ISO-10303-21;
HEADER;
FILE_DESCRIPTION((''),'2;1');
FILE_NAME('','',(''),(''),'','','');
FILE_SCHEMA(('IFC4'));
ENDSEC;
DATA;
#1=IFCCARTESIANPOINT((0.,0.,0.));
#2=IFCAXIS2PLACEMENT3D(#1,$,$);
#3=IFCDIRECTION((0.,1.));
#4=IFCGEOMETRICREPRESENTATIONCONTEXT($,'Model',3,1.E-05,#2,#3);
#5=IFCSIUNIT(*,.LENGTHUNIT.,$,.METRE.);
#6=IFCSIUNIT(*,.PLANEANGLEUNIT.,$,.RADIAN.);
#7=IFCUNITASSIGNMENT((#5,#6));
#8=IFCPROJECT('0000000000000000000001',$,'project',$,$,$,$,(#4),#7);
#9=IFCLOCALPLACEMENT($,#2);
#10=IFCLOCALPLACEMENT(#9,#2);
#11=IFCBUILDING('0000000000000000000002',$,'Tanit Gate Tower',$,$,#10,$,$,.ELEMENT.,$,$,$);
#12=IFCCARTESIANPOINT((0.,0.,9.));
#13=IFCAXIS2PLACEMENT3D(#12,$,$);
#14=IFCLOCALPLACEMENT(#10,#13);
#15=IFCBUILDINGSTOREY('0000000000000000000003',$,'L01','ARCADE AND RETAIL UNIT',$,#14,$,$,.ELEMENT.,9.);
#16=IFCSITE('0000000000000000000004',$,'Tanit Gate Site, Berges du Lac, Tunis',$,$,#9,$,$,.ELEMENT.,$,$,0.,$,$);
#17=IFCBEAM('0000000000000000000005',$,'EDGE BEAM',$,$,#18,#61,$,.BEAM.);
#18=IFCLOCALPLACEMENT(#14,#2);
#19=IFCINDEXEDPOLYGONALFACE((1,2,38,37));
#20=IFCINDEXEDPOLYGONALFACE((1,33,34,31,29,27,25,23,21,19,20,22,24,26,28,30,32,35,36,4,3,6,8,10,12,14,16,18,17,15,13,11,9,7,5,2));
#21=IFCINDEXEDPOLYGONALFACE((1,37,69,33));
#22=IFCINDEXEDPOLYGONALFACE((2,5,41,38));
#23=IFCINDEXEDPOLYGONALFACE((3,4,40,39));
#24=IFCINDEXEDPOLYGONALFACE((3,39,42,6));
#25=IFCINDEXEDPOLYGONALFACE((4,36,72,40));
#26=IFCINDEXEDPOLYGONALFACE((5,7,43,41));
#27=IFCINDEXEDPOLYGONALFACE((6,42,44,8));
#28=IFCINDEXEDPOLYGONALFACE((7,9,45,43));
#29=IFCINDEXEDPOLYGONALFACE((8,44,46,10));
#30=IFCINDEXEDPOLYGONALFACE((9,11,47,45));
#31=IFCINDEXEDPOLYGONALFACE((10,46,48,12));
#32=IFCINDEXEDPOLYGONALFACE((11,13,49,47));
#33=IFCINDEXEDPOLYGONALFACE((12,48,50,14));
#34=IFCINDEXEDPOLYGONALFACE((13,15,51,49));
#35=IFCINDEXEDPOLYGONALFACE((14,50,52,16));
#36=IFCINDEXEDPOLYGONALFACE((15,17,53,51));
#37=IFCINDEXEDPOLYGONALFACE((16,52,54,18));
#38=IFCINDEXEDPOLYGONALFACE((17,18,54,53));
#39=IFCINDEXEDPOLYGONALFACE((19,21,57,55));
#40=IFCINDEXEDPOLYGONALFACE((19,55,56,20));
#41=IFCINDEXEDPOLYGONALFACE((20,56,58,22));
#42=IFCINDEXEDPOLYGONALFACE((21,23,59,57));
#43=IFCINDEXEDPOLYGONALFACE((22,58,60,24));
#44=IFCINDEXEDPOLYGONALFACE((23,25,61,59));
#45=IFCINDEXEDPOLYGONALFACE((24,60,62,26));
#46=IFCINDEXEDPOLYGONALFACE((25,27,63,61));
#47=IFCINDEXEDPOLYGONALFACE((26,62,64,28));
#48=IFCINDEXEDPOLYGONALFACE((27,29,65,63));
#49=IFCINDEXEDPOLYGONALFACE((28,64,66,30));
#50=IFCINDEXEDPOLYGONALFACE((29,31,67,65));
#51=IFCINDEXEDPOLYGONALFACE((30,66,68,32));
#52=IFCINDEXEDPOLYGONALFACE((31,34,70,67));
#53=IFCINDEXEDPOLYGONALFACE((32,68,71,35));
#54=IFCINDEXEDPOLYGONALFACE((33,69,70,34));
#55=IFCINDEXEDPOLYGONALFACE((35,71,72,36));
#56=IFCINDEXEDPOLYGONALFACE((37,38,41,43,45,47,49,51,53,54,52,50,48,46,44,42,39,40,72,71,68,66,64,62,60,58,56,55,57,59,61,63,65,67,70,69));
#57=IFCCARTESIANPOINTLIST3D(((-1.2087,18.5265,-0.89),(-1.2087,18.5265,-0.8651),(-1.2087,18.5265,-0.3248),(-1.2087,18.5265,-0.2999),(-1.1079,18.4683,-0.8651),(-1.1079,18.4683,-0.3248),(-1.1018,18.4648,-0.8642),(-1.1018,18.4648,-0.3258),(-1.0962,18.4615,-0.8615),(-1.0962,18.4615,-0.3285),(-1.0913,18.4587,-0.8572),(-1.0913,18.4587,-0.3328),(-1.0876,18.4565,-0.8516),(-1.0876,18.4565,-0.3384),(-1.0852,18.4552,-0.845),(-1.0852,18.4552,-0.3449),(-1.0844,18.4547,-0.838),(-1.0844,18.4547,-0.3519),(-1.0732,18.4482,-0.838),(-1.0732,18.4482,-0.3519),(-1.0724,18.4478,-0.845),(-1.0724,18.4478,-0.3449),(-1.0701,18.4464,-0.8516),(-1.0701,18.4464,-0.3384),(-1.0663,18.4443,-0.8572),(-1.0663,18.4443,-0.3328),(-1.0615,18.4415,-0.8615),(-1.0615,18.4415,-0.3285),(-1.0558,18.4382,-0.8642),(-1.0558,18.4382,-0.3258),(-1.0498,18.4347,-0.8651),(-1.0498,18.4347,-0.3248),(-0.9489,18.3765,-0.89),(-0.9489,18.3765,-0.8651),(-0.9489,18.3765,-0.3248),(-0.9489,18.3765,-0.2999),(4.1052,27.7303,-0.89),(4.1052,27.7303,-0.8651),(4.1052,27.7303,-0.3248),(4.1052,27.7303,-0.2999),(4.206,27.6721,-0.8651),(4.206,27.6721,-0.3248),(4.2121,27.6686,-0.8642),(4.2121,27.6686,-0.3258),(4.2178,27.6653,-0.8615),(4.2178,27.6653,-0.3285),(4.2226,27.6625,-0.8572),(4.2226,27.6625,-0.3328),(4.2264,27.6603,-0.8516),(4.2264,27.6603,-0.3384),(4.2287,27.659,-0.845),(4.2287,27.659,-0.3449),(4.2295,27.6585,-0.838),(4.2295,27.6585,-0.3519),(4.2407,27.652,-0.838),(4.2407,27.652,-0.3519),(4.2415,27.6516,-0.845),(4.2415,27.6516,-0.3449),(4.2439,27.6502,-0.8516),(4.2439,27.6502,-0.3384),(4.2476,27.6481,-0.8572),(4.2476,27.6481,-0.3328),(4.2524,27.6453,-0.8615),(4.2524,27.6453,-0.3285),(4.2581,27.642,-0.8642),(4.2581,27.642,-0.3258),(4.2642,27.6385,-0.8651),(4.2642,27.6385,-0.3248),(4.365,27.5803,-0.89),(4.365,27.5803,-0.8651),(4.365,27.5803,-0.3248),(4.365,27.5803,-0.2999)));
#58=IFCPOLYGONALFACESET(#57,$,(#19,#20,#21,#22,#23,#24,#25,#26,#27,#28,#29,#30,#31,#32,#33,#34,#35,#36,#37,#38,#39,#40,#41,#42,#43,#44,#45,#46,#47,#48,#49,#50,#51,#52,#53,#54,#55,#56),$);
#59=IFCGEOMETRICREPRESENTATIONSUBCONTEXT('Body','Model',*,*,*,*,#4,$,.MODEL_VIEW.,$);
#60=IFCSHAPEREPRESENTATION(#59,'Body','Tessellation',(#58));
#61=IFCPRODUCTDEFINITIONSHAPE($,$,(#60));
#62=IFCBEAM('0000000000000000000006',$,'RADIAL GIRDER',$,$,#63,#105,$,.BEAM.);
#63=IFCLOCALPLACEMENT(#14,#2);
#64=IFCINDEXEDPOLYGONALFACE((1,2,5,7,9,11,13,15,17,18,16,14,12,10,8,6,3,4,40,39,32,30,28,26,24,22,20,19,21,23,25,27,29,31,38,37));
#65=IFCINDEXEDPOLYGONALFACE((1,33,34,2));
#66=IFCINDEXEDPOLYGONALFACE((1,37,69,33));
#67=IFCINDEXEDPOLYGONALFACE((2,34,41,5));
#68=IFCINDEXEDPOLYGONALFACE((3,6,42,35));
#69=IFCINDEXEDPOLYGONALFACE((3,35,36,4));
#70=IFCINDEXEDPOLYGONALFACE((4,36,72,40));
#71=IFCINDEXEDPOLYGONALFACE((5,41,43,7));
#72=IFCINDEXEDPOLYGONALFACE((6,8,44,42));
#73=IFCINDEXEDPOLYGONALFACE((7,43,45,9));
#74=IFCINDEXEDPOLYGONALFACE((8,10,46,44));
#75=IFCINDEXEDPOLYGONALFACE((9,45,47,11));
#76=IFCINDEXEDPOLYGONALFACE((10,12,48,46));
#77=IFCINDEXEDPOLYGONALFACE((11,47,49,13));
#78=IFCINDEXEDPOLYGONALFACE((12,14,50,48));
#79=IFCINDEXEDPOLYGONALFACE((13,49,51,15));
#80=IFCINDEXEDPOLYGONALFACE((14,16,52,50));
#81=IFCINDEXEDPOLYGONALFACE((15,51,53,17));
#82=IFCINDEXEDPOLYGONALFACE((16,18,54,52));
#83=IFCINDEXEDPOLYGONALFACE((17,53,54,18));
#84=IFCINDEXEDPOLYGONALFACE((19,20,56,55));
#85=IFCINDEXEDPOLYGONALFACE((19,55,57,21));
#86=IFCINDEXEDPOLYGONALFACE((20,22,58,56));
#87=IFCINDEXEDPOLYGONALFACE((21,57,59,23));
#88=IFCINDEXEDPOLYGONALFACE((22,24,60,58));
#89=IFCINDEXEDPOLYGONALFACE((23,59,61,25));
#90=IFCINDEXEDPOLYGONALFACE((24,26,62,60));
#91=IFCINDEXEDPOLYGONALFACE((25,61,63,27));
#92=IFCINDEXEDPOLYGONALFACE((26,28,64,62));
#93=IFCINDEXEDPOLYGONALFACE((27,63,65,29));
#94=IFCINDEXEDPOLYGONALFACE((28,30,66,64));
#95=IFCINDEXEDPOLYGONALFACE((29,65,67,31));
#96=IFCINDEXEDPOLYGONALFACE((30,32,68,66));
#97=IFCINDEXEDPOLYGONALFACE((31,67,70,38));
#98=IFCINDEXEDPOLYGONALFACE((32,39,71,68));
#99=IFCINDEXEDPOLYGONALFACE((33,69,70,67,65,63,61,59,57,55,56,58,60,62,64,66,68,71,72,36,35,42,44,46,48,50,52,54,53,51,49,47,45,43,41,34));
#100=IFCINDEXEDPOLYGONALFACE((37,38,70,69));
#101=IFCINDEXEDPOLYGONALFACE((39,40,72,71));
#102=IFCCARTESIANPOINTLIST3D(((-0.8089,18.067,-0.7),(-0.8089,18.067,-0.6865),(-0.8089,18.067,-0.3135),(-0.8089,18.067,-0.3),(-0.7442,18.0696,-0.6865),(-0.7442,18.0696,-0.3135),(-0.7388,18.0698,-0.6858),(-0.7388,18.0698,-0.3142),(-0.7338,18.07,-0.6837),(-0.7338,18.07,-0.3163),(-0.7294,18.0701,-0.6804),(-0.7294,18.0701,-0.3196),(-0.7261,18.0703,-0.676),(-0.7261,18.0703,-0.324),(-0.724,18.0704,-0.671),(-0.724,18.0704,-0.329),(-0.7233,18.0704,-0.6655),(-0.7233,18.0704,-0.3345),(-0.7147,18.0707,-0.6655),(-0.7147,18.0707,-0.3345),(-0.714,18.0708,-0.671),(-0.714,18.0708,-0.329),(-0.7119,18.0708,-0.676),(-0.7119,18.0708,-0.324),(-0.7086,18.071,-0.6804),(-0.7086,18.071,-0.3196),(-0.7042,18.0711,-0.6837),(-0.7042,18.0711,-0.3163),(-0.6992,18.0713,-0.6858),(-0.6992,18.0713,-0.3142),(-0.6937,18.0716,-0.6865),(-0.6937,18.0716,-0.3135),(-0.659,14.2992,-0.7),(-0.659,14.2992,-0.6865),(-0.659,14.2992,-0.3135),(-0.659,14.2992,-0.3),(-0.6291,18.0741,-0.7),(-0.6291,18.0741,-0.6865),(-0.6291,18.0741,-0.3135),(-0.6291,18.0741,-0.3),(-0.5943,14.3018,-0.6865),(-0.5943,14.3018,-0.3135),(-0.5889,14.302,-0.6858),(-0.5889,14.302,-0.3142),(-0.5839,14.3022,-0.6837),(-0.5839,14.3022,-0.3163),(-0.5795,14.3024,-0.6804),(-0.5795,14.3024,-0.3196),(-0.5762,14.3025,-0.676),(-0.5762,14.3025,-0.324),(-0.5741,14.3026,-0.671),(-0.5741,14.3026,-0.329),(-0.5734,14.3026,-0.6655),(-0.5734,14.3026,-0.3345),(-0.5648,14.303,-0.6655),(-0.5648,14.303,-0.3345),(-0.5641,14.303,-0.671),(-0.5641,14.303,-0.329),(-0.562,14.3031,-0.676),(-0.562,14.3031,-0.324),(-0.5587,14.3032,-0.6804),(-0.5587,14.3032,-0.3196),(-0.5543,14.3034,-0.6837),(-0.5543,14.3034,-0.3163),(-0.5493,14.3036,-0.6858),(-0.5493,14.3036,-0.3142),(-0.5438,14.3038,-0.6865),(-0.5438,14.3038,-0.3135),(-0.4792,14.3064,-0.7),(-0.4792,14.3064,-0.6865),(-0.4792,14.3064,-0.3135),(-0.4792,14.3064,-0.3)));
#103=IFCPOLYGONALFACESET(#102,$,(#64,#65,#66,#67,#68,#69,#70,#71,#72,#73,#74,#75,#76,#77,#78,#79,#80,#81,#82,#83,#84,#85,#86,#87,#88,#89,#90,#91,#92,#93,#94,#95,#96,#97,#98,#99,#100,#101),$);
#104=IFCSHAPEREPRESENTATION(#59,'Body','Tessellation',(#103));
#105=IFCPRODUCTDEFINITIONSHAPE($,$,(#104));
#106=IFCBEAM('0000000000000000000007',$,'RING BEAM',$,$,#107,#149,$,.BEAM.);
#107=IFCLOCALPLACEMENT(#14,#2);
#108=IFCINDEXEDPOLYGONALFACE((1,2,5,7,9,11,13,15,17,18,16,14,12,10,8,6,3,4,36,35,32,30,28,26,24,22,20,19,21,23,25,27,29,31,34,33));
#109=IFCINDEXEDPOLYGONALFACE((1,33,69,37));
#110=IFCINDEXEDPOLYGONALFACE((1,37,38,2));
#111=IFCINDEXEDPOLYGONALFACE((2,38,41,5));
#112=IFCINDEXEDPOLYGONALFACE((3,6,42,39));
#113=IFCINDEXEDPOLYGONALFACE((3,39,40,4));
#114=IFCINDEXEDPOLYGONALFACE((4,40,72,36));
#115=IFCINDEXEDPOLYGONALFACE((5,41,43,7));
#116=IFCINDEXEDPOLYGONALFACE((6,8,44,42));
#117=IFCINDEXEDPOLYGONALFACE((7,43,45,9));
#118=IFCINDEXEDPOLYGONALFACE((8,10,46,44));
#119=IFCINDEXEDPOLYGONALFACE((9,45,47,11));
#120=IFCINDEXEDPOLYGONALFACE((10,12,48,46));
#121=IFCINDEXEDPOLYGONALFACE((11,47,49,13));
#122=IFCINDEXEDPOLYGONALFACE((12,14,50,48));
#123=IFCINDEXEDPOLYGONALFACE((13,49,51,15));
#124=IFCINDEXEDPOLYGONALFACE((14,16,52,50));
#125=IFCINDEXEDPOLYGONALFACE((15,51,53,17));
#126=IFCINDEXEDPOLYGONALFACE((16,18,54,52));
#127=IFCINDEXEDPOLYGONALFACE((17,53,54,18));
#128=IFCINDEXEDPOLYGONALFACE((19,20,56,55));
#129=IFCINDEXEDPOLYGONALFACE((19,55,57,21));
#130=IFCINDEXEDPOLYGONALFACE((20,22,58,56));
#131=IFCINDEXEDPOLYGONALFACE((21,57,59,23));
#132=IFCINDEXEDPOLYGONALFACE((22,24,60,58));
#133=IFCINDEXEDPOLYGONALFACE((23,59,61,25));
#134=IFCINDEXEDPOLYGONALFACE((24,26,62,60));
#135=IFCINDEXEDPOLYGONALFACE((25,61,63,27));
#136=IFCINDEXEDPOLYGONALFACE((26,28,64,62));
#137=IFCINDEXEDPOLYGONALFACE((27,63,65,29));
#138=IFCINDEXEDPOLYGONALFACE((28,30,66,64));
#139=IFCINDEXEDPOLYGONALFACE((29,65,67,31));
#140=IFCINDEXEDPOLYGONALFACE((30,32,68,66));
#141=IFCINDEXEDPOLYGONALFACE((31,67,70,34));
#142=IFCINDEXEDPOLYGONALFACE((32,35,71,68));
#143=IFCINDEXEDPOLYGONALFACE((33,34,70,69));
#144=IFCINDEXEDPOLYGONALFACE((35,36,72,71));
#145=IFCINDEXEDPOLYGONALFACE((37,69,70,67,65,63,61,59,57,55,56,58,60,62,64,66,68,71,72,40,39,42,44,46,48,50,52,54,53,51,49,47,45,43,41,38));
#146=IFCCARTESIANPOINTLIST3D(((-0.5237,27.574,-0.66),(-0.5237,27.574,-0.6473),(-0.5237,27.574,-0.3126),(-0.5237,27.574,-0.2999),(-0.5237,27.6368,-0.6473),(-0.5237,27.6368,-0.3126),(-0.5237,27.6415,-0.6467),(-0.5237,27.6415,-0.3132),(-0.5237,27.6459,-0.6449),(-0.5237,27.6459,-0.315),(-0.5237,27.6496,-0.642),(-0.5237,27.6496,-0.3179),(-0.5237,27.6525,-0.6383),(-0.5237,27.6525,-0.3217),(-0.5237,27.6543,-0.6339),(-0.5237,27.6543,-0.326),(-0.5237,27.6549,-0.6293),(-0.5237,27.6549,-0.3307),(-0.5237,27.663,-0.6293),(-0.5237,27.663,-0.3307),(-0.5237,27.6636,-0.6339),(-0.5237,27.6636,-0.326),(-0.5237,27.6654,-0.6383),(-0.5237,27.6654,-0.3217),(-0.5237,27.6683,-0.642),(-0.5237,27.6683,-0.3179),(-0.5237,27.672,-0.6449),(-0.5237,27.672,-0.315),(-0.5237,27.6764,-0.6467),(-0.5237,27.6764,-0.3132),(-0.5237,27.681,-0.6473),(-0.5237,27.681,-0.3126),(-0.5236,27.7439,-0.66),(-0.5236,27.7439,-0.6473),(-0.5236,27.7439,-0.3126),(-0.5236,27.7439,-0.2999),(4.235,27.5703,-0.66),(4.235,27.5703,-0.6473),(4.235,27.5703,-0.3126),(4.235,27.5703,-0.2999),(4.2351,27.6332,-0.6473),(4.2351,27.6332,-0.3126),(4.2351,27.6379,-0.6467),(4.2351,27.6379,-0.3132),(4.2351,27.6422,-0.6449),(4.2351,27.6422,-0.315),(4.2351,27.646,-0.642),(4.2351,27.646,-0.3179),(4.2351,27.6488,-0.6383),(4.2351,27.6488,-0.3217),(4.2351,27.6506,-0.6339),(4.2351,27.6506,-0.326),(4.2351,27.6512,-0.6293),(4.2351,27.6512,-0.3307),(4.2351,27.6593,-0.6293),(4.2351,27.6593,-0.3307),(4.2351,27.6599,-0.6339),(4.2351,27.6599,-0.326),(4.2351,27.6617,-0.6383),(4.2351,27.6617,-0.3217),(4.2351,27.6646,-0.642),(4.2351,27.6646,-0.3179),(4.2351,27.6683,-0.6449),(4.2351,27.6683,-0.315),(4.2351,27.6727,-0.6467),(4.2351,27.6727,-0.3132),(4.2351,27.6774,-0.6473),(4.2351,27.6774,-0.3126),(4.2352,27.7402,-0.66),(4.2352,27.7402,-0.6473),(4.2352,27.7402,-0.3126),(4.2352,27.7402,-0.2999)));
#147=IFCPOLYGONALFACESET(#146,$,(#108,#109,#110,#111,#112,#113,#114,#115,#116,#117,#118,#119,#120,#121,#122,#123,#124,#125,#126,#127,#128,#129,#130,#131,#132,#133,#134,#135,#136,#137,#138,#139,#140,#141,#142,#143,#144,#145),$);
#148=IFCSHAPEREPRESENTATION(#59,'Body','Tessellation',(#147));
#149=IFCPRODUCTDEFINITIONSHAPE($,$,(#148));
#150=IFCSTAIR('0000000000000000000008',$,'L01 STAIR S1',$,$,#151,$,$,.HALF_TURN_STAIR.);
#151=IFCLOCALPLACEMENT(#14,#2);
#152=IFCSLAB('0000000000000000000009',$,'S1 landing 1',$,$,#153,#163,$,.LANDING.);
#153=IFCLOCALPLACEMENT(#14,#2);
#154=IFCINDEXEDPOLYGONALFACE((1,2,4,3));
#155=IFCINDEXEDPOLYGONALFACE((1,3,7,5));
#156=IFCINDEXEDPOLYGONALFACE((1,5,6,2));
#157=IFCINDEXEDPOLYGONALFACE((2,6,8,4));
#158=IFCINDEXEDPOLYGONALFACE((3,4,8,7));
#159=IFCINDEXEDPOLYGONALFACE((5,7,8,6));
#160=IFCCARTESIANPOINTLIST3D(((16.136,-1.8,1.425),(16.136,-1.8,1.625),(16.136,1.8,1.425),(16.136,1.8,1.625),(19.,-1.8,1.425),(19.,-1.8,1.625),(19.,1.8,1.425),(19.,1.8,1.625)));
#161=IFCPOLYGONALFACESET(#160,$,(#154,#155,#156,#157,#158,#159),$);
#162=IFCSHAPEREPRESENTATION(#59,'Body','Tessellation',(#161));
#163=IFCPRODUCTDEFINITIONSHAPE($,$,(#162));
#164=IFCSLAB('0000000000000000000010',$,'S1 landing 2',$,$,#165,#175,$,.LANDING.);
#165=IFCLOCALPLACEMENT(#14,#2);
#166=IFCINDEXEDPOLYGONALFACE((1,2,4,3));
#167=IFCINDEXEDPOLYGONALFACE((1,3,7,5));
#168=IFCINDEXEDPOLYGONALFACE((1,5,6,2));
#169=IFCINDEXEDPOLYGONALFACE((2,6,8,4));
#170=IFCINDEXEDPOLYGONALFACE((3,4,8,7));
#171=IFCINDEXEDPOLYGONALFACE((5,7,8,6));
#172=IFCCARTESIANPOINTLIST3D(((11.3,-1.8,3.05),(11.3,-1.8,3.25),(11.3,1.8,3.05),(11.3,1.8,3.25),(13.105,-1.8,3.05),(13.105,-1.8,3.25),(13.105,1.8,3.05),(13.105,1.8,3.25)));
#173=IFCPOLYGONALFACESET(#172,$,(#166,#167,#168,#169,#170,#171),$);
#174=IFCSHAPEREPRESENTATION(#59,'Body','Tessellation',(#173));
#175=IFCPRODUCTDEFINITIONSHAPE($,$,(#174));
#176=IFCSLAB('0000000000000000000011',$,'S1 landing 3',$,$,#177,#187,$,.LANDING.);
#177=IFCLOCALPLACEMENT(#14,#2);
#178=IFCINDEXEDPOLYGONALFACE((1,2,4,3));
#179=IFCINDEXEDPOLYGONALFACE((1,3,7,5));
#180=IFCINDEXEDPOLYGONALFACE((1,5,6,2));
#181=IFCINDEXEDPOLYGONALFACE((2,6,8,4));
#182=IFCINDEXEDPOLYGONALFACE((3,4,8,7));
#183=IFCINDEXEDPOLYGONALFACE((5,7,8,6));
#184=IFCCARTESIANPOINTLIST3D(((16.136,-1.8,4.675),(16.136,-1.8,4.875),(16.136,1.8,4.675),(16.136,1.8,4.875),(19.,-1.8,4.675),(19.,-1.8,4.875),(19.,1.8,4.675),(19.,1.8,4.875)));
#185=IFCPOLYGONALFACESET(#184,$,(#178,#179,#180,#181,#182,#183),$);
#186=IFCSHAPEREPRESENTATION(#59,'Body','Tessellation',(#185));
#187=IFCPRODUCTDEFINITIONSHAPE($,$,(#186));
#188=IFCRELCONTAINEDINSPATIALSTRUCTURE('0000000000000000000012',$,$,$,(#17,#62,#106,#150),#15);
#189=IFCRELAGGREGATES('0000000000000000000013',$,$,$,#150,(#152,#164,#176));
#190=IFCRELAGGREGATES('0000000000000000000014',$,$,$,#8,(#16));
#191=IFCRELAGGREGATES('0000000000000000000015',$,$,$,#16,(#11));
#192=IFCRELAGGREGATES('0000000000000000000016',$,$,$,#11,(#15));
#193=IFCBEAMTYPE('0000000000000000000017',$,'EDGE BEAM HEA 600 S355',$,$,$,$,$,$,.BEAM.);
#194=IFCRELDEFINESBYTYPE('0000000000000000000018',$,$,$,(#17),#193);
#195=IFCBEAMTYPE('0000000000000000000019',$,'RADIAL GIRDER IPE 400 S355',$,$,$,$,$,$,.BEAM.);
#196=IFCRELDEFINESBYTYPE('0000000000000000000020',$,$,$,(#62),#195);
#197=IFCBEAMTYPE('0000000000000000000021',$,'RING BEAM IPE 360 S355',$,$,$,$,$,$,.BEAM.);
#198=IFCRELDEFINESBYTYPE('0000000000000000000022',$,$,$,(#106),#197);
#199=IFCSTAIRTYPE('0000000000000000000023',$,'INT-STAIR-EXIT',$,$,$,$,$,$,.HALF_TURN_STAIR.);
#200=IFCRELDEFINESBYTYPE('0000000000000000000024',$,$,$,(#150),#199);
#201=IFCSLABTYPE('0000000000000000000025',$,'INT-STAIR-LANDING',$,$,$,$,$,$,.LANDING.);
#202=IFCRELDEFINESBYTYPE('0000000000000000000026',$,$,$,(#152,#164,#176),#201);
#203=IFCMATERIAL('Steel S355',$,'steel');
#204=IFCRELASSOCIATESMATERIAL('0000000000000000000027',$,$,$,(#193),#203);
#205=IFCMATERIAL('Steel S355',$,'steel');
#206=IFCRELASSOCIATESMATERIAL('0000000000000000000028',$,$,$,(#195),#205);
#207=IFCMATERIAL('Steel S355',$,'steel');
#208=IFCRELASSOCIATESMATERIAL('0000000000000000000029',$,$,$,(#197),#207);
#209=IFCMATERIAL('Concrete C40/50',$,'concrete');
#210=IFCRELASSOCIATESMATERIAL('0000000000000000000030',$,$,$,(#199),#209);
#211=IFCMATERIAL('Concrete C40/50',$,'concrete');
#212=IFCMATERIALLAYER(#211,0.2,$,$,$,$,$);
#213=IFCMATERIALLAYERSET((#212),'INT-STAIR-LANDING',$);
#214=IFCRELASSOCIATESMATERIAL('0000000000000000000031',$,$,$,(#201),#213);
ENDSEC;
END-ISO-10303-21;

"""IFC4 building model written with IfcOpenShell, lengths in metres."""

from ifc_helpers import new_model, si_unit, direction, frame, origin, origin_2d, place, context, subcontext, project, spatial, polyline, i_section, outline, extrude, material, layer, layer_set, material_profile, profile_set, type_object, element, aggregate, save


model = new_model("IFC4")

# Units and contexts
model_context = context("Model", 3, precision=1e-05, world=origin(), true_north=direction((0.0, 1.0)))
body_context = subcontext(model_context, "Body", "Model", "MODEL_VIEW")
ifc_project = project(units=[si_unit("LENGTHUNIT", "METRE"), si_unit("PLANEANGLEUNIT", "RADIAN")], contexts=[model_context])

# Site, building, storey
site_placement = place(None, origin())
site = spatial("IfcSite", under=ifc_project, at=site_placement, Name="Tanit Gate Site, Berges du Lac, Tunis", CompositionType="ELEMENT", RefElevation=0.0)
building_placement = place(site_placement, origin())
building = spatial("IfcBuilding", under=site, at=building_placement, Name="Tanit Gate Tower", CompositionType="ELEMENT")
storey_placement = place(building_placement, frame((0.0, 0.0, 9.0)))
storey = spatial("IfcBuildingStorey", under=building, at=storey_placement, Name="L01", Description="ARCADE AND RETAIL UNIT", CompositionType="ELEMENT", Elevation=9.0)

# Beams
ifc_material_1 = material(Name="Steel S355", Category="steel")
ifc_material_profile_1 = material_profile(ifc_material_1, i_section(OverallWidth=0.3, OverallDepth=0.5901, WebThickness=0.0129, FlangeThickness=0.0249, FilletRadius=0.0271, at=origin_2d()), Name="HEA 600")
ifc_profile_set_1 = profile_set([ifc_material_profile_1], Name="Steel S355")
beam_type_1 = type_object("IfcBeamType", Name="EDGE BEAM HEA 600 S355", PredefinedType="BEAM", material=ifc_profile_set_1)
beam_1_placement = place(storey_placement, frame((4.2351, 27.6553, -0.595), z_axis=(-0.500008, -0.866021, 0.0), x_axis=(0.866021, -0.500008, 0.0)))
element("IfcBeam", 1, at=beam_1_placement, inside=storey, type_object=beam_type_1, Name="EDGE BEAM", PredefinedType="BEAM", context=body_context, shape_type="SweptSolid", body=[
    extrude(i_section(OverallWidth=0.3, OverallDepth=0.5901, WebThickness=0.0129, FlangeThickness=0.0249, FilletRadius=0.0271, at=origin_2d()), origin(), (0.0, 0.0, 1.0), 10.6277),
])
ifc_material_2 = material(Name="Steel S355", Category="steel")
ifc_material_profile_2 = material_profile(ifc_material_2, i_section(OverallWidth=0.1799, OverallDepth=0.3999, WebThickness=0.0085, FlangeThickness=0.0134, FilletRadius=0.021, at=origin_2d()), Name="IPE 400")
ifc_profile_set_2 = profile_set([ifc_material_profile_2], Name="Steel S355")
beam_type_2 = type_object("IfcBeamType", Name="RADIAL GIRDER IPE 400 S355", PredefinedType="BEAM", material=ifc_profile_set_2)
beam_2_placement = place(storey_placement, frame((-0.719, 18.0706, -0.5), z_axis=(0.039753, -0.99921, 0.0), x_axis=(0.99921, 0.039753, 0.0)))
element("IfcBeam", 2, at=beam_2_placement, inside=storey, type_object=beam_type_2, Name="RADIAL GIRDER", PredefinedType="BEAM", context=body_context, shape_type="SweptSolid", body=[
    extrude(i_section(OverallWidth=0.1799, OverallDepth=0.3999, WebThickness=0.0085, FlangeThickness=0.0134, FilletRadius=0.021, at=origin_2d()), origin(), (0.0, 0.0, 1.0), 3.7708),
])
ifc_material_3 = material(Name="Steel S355", Category="steel")
ifc_material_profile_3 = material_profile(ifc_material_3, i_section(OverallWidth=0.1699, OverallDepth=0.3601, WebThickness=0.0081, FlangeThickness=0.0127, FilletRadius=0.0181, at=origin_2d()), Name="IPE 360")
ifc_profile_set_3 = profile_set([ifc_material_profile_3], Name="Steel S355")
beam_type_3 = type_object("IfcBeamType", Name="RING BEAM IPE 360 S355", PredefinedType="BEAM", material=ifc_profile_set_3)
beam_3_placement = place(storey_placement, frame((4.2351, 27.6553, -0.48), z_axis=(-1.0, 0.00077, 0.0), x_axis=(-0.00077, -1.0, 0.0)))
element("IfcBeam", 3, at=beam_3_placement, inside=storey, type_object=beam_type_3, Name="RING BEAM", PredefinedType="BEAM", context=body_context, shape_type="SweptSolid", body=[
    extrude(i_section(OverallWidth=0.1699, OverallDepth=0.3601, WebThickness=0.0081, FlangeThickness=0.0127, FilletRadius=0.0181, at=origin_2d()), origin(), (0.0, 0.0, 1.0), 4.7588),
])

# Stair, slabs
ifc_material_4 = material(Name="Concrete C40/50", Category="concrete")
stair_type = type_object("IfcStairType", Name="INT-STAIR-EXIT", PredefinedType="HALF_TURN_STAIR", material=ifc_material_4)
stair_1_placement = place(storey_placement, origin())
stair_1 = element("IfcStair", 4, at=stair_1_placement, inside=storey, type_object=stair_type, Name="L01 STAIR S1", PredefinedType="HALF_TURN_STAIR")
ifc_material_5 = material(Name="Concrete C40/50", Category="concrete")
ifc_layer_1 = layer(ifc_material_5, 0.2)
ifc_layer_set_1 = layer_set([ifc_layer_1], Name="INT-STAIR-LANDING")
slab_type = type_object("IfcSlabType", Name="INT-STAIR-LANDING", PredefinedType="LANDING", material=ifc_layer_set_1)
slab_1_placement = place(storey_placement, frame((0.0, 0.0, 1.425)))
slab_1 = element("IfcSlab", 5, at=slab_1_placement, type_object=slab_type, Name="S1 landing 1", PredefinedType="LANDING", context=body_context, shape_type="SweptSolid", body=[
    extrude(outline(polyline([(16.136, -1.8), (19.0, -1.8), (19.0, 1.8), (16.136, 1.8), (16.136, -1.8)])), origin(), (0.0, 0.0, 1.0), 0.2),
])
slab_2_placement = place(storey_placement, frame((0.0, 0.0, 3.05)))
slab_2 = element("IfcSlab", 6, at=slab_2_placement, type_object=slab_type, Name="S1 landing 2", PredefinedType="LANDING", context=body_context, shape_type="SweptSolid", body=[
    extrude(outline(polyline([(11.3, -1.8), (13.105, -1.8), (13.105, 1.8), (11.3, 1.8), (11.3, -1.8)])), origin(), (0.0, 0.0, 1.0), 0.2),
])
slab_3_placement = place(storey_placement, frame((0.0, 0.0, 4.675)))
slab_3 = element("IfcSlab", 7, at=slab_3_placement, type_object=slab_type, Name="S1 landing 3", PredefinedType="LANDING", context=body_context, shape_type="SweptSolid", body=[
    extrude(outline(polyline([(16.136, -1.8), (19.0, -1.8), (19.0, 1.8), (16.136, 1.8), (16.136, -1.8)])), origin(), (0.0, 0.0, 1.0), 0.2),
])
aggregate(stair_1, [slab_1, slab_2, slab_3])

save(model, "model.ifc")
